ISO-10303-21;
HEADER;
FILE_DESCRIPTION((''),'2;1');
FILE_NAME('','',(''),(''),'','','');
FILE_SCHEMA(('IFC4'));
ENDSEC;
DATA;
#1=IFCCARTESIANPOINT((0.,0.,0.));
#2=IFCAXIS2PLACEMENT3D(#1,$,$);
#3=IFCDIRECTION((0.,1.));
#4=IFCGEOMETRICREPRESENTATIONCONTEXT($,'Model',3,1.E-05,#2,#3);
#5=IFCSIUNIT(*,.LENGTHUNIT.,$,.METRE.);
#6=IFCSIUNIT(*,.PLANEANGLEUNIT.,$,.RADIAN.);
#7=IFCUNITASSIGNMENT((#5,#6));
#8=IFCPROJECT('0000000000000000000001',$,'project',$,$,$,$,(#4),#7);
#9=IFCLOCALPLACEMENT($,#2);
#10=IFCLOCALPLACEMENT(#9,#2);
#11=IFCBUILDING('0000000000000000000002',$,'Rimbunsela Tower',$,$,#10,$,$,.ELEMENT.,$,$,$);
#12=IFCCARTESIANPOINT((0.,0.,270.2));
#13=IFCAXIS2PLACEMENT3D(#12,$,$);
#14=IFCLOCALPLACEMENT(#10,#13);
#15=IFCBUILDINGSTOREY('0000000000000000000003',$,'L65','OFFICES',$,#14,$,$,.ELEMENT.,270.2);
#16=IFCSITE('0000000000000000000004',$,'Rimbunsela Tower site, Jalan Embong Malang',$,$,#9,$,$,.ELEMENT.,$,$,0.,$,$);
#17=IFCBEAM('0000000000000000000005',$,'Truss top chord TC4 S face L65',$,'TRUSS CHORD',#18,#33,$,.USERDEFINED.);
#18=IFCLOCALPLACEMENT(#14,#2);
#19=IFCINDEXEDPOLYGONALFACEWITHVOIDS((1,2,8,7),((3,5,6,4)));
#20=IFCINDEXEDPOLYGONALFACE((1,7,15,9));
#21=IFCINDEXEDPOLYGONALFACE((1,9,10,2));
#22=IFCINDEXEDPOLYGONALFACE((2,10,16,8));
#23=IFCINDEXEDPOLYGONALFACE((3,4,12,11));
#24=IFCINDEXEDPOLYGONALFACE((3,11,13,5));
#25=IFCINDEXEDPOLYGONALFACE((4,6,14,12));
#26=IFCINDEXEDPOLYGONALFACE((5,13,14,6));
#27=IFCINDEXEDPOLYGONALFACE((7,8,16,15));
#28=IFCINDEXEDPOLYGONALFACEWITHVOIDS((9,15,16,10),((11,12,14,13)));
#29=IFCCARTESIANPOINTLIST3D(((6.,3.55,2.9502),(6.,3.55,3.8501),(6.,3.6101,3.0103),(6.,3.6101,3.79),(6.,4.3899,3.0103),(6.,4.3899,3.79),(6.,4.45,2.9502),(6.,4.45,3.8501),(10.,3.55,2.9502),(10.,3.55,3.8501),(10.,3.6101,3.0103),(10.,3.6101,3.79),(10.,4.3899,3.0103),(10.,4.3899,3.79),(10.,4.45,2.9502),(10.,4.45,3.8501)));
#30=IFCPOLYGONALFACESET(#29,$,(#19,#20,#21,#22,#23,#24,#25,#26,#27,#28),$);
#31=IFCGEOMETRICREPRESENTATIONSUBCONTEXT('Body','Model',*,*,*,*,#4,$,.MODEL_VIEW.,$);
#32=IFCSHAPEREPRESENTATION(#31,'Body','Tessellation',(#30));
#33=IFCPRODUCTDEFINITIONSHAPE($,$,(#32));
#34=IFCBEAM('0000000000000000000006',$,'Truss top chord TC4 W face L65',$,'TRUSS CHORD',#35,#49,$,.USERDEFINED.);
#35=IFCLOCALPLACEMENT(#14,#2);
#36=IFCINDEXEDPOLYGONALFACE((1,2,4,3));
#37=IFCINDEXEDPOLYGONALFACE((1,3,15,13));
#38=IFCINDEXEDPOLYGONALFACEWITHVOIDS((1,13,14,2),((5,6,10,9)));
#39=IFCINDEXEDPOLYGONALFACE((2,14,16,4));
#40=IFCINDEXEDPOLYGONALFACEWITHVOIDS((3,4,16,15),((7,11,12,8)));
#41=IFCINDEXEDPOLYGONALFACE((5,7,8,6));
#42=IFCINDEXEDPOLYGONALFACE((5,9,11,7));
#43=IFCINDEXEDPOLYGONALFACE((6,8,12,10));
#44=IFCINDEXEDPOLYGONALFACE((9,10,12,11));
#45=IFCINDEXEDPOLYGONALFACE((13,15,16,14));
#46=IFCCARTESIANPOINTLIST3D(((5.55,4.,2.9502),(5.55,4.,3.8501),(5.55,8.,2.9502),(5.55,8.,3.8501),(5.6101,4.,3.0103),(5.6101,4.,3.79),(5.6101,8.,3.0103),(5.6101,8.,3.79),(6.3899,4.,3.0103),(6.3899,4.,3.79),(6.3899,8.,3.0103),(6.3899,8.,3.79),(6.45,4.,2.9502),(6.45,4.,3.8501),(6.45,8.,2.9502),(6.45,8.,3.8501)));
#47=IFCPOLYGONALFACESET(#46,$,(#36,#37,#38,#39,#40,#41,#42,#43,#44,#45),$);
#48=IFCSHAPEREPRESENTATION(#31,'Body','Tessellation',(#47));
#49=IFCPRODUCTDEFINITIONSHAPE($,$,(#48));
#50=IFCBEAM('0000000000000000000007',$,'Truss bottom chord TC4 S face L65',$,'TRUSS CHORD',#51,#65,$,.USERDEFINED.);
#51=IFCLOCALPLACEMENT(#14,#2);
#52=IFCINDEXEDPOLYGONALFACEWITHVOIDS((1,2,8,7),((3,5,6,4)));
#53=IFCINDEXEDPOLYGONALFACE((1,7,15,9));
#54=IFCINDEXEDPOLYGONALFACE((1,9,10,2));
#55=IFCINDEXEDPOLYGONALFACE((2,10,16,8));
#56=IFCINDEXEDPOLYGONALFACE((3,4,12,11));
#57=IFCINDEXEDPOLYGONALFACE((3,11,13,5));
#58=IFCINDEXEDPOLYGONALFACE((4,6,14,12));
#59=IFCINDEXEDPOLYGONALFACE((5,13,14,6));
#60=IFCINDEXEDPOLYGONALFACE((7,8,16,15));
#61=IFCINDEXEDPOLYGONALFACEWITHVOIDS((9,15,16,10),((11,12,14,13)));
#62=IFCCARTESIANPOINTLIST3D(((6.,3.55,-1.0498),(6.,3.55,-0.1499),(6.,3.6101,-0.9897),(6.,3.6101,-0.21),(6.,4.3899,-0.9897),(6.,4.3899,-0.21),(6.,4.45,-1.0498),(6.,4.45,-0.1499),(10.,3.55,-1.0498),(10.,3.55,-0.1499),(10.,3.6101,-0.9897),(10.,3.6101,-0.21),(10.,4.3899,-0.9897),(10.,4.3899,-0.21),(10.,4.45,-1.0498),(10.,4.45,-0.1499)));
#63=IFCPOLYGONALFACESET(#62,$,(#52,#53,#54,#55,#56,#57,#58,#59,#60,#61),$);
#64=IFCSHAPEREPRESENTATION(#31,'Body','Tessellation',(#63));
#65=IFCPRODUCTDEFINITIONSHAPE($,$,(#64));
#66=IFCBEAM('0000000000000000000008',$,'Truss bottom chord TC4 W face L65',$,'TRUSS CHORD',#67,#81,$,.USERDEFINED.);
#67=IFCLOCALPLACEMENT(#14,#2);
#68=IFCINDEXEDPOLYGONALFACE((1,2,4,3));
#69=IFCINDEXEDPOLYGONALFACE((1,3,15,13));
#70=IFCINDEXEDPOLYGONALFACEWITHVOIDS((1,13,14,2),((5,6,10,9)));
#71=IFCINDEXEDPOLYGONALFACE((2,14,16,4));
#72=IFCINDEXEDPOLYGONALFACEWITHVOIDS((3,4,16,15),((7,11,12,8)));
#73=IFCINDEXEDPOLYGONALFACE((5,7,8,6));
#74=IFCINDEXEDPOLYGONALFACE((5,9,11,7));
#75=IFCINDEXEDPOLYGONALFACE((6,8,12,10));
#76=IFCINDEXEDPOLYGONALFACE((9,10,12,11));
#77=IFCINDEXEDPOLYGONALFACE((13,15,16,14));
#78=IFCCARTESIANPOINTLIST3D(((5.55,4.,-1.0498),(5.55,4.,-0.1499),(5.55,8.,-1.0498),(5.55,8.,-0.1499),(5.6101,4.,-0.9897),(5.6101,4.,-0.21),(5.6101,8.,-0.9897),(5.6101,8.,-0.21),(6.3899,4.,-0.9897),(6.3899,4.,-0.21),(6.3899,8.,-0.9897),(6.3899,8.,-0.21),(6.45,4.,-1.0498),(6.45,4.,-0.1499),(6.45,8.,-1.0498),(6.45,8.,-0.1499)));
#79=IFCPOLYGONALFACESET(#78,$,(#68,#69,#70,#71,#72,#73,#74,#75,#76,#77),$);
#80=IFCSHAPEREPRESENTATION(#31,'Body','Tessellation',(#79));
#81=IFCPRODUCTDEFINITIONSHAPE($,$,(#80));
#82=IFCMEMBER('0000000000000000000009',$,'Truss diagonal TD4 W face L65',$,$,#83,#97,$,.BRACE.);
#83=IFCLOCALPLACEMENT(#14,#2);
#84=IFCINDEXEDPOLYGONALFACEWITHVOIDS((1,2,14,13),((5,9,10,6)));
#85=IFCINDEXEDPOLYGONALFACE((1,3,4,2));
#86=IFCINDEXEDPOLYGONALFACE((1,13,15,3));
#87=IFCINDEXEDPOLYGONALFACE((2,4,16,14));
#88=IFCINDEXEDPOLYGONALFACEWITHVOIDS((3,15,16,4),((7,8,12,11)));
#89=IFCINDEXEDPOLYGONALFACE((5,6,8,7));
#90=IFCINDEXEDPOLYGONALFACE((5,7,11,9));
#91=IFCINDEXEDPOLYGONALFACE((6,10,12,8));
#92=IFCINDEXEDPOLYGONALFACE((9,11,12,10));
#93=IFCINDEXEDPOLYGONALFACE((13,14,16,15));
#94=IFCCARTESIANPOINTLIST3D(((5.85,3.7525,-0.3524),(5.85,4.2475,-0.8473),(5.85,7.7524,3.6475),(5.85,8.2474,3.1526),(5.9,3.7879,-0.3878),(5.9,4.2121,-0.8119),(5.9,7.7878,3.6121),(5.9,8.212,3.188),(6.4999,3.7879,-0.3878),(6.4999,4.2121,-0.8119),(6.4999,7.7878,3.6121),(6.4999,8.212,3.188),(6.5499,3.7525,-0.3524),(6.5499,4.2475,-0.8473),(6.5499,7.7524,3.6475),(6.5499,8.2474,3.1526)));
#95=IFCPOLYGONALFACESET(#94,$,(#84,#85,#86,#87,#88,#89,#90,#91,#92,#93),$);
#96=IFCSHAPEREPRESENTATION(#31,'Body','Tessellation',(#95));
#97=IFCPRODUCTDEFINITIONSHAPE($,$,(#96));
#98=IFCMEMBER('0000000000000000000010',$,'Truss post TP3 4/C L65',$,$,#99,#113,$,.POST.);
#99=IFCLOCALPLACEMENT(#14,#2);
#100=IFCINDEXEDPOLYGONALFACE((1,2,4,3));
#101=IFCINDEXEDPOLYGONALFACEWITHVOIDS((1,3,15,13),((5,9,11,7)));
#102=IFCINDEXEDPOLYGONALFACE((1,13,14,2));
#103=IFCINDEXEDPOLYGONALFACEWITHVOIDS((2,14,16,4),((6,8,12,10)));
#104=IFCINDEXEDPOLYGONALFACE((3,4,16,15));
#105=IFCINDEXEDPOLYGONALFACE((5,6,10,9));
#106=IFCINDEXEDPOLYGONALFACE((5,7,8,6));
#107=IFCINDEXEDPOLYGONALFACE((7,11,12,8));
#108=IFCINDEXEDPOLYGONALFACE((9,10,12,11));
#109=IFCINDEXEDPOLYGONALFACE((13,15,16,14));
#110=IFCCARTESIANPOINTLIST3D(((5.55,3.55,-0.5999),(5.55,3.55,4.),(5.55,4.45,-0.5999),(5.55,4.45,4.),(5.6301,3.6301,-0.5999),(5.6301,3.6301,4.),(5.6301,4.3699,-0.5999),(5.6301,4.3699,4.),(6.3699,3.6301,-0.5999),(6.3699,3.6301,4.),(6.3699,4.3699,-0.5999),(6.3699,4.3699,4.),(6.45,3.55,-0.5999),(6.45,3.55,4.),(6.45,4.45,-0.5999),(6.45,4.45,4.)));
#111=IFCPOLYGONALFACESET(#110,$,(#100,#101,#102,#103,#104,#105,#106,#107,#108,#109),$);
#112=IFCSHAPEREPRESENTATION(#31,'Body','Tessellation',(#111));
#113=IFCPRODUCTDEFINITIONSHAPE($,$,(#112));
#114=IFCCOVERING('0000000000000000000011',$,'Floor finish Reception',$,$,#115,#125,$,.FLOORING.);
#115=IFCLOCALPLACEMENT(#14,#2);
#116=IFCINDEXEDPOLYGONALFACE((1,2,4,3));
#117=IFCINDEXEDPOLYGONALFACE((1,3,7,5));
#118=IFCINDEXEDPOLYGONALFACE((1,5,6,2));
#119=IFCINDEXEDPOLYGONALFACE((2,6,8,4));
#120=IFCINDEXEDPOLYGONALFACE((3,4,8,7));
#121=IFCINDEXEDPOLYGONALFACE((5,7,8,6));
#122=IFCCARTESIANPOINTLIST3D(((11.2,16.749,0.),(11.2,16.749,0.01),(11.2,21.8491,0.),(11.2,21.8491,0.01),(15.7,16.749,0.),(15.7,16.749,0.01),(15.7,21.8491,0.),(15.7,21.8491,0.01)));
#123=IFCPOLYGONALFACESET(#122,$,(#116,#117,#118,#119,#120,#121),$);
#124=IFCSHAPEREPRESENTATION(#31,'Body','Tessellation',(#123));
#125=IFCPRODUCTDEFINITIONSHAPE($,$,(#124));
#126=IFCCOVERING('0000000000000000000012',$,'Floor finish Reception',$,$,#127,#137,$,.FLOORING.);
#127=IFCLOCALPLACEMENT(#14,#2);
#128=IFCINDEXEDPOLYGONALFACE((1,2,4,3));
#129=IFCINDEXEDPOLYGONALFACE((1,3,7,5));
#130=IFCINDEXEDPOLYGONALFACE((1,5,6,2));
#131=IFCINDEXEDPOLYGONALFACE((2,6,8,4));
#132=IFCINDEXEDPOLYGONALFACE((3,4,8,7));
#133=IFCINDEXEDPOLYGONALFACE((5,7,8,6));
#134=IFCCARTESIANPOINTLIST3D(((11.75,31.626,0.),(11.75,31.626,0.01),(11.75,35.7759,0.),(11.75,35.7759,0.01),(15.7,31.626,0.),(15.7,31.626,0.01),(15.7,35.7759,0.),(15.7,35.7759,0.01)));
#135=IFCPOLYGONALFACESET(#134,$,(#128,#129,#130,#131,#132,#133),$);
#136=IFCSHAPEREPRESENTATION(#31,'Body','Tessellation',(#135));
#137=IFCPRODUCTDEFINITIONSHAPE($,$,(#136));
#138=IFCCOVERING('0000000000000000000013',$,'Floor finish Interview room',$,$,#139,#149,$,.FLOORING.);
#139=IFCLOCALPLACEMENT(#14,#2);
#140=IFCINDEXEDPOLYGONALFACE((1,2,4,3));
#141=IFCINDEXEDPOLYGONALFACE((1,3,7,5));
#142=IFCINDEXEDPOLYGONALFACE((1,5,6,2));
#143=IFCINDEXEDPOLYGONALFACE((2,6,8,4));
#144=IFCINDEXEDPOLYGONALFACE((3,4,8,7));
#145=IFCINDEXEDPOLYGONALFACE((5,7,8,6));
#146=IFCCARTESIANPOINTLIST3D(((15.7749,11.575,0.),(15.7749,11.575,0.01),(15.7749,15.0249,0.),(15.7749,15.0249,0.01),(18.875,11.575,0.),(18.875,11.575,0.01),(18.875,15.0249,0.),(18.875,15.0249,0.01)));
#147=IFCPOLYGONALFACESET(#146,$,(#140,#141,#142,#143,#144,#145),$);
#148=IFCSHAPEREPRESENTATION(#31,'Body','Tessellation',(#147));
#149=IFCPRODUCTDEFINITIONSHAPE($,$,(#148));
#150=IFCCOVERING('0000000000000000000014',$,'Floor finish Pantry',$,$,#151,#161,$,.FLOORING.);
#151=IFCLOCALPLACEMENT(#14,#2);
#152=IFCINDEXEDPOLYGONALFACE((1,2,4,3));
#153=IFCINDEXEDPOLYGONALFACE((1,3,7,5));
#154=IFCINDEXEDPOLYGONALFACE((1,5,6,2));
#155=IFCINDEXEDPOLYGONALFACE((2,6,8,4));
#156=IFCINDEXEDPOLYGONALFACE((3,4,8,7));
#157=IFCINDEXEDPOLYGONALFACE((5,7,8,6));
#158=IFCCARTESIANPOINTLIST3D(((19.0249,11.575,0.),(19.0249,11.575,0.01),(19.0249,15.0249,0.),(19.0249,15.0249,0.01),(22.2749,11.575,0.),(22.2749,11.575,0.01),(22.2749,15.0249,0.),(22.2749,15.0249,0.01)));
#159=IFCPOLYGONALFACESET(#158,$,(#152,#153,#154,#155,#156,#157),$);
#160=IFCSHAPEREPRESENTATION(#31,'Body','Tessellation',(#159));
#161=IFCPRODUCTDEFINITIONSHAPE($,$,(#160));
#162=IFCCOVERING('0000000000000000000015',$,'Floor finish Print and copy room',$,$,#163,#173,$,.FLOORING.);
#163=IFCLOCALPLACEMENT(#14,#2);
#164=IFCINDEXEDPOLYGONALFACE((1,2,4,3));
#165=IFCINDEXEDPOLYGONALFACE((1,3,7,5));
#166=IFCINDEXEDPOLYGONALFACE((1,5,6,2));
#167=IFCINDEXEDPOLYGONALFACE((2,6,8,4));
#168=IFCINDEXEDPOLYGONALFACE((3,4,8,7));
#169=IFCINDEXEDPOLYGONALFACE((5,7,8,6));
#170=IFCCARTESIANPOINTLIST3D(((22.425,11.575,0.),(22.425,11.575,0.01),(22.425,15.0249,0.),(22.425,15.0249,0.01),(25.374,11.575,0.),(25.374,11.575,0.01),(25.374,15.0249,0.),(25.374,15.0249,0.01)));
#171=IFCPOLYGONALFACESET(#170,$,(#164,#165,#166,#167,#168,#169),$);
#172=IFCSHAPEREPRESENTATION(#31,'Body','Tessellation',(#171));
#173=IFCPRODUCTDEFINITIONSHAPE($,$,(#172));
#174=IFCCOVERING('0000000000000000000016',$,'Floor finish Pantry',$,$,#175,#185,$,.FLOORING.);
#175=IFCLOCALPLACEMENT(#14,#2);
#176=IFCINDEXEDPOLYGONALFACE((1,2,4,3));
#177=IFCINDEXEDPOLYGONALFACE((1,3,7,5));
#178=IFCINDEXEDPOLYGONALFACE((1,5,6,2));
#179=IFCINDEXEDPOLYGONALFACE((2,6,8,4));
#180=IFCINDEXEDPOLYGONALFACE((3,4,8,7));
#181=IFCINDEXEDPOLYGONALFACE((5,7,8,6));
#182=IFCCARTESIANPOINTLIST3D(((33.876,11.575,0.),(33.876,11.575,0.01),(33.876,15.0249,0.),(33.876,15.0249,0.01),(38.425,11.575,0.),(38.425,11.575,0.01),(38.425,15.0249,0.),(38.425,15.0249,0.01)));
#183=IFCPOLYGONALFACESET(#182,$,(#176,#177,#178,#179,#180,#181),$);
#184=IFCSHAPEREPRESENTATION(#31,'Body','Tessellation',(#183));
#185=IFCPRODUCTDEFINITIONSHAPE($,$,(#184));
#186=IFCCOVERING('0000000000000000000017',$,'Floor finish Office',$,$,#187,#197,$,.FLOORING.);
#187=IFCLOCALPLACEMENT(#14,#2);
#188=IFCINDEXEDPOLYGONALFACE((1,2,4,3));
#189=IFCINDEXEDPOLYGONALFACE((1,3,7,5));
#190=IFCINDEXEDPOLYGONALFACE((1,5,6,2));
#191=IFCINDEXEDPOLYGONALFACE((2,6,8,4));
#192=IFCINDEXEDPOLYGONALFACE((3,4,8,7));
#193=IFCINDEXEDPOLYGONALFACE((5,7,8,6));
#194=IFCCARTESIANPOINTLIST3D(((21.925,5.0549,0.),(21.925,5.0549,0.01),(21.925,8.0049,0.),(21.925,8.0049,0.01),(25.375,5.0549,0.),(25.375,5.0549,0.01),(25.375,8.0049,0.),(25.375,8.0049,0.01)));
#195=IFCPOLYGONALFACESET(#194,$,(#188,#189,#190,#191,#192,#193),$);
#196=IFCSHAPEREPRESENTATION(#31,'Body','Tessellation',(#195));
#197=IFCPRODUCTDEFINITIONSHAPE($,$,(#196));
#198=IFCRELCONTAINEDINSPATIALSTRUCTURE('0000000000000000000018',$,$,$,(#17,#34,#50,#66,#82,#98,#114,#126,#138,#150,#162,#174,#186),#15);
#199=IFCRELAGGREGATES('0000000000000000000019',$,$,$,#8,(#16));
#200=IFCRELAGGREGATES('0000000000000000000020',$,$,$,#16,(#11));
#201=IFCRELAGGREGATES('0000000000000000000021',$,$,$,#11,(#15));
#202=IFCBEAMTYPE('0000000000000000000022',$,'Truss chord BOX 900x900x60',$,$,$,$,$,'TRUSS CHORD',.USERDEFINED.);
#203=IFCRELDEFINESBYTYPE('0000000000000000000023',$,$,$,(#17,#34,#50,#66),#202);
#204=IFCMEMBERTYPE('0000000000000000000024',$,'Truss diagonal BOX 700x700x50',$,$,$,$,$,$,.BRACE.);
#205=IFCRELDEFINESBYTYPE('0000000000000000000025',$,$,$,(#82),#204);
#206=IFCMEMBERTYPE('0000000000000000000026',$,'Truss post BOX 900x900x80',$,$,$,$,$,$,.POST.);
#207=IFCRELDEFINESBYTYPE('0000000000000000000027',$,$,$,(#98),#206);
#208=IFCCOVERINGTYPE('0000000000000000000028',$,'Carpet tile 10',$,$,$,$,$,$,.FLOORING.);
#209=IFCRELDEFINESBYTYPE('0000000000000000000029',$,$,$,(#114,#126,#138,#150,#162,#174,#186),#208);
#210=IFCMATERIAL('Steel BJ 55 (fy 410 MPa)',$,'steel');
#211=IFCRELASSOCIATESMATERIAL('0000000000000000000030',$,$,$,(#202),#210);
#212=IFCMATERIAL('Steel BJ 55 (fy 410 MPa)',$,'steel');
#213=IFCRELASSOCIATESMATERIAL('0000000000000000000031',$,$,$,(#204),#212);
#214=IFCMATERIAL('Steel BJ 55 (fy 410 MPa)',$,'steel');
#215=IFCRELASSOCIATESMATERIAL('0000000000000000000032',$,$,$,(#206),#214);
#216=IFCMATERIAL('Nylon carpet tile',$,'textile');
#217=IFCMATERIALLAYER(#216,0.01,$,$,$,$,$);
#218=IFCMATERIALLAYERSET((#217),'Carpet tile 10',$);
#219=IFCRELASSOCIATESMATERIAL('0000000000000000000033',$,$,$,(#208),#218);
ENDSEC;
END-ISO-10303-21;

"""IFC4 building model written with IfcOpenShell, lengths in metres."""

from ifc_helpers import new_model, si_unit, direction, frame, origin, origin_2d, place, context, subcontext, project, spatial, polyline, hollow_rectangle, outline, extrude, material, layer, layer_set, material_profile, profile_set, type_object, element, save


model = new_model("IFC4")

# Units and contexts
model_context = context("Model", 3, precision=1e-05, world=origin(), true_north=direction((0.0, 1.0)))
body_context = subcontext(model_context, "Body", "Model", "MODEL_VIEW")
ifc_project = project(units=[si_unit("LENGTHUNIT", "METRE"), si_unit("PLANEANGLEUNIT", "RADIAN")], contexts=[model_context])

# Site, building, storey
site_placement = place(None, origin())
site = spatial("IfcSite", under=ifc_project, at=site_placement, Name="Rimbunsela Tower site, Jalan Embong Malang", CompositionType="ELEMENT", RefElevation=0.0)
building_placement = place(site_placement, origin())
building = spatial("IfcBuilding", under=site, at=building_placement, Name="Rimbunsela Tower", CompositionType="ELEMENT")
storey_placement = place(building_placement, frame((0.0, 0.0, 270.2)))
storey = spatial("IfcBuildingStorey", under=building, at=storey_placement, Name="L65", Description="OFFICES", CompositionType="ELEMENT", Elevation=270.2)

# Beams
ifc_material_1 = material(Name="Steel BJ 55 (fy 410 MPa)", Category="steel")
ifc_material_profile_1 = material_profile(ifc_material_1, hollow_rectangle(XDim=0.8999, YDim=0.8999, WallThickness=0.0601, at=origin_2d()), Name="BOX 900x900x60")
ifc_profile_set_1 = profile_set([ifc_material_profile_1], Name="Steel BJ 55 (fy 410 MPa)")
beam_type = type_object("IfcBeamType", Name="Truss chord BOX 900x900x60", ElementType="TRUSS CHORD", PredefinedType="USERDEFINED", material=ifc_profile_set_1)
for number, where, z_axis, x_axis, name in (
    (1, (6.0, 4.0, 3.4001), (1.0, 0.0, 0.0), (0.0, 1.0, 0.0), "Truss top chord TC4 S face L65"),
    (2, (6.0, 4.0, 3.4001), (0.0, 1.0, 0.0), (-1.0, 0.0, 0.0), "Truss top chord TC4 W face L65"),
    (3, (6.0, 4.0, -0.5999), (1.0, 0.0, 0.0), (0.0, 1.0, 0.0), "Truss bottom chord TC4 S face L65"),
    (4, (6.0, 4.0, -0.5999), (0.0, 1.0, 0.0), (-1.0, 0.0, 0.0), "Truss bottom chord TC4 W face L65"),
):
    element("IfcBeam", number, at=place(storey_placement, frame(where, z_axis=z_axis, x_axis=x_axis)), inside=storey, type_object=beam_type, Name=name, ObjectType="TRUSS CHORD", PredefinedType="USERDEFINED", context=body_context, shape_type="SweptSolid", body=[
        extrude(hollow_rectangle(XDim=0.8999, YDim=0.8999, WallThickness=0.0601, at=origin_2d()), origin(), (0.0, 0.0, 1.0), 4.0),
    ])

# Members
ifc_material_2 = material(Name="Steel BJ 55 (fy 410 MPa)", Category="steel")
ifc_material_profile_2 = material_profile(ifc_material_2, hollow_rectangle(XDim=0.7, YDim=0.7, WallThickness=0.05, at=origin_2d()), Name="BOX 700x700x50")
ifc_profile_set_2 = profile_set([ifc_material_profile_2], Name="Steel BJ 55 (fy 410 MPa)")
member_type_1 = type_object("IfcMemberType", Name="Truss diagonal BOX 700x700x50", PredefinedType="BRACE", material=ifc_profile_set_2)
member_1_placement = place(storey_placement, frame((6.2, 4.0, -0.5999), z_axis=(0.0, 0.707107, 0.707107), x_axis=(-1.0, 0.0, 0.0)))
element("IfcMember", 5, at=member_1_placement, inside=storey, type_object=member_type_1, Name="Truss diagonal TD4 W face L65", PredefinedType="BRACE", context=body_context, shape_type="SweptSolid", body=[
    extrude(hollow_rectangle(XDim=0.7, YDim=0.7, WallThickness=0.05, at=origin_2d()), origin(), (0.0, 0.0, 1.0), 5.6567),
])
ifc_material_3 = material(Name="Steel BJ 55 (fy 410 MPa)", Category="steel")
ifc_material_profile_3 = material_profile(ifc_material_3, hollow_rectangle(XDim=0.8999, YDim=0.8999, WallThickness=0.0801, at=origin_2d()), Name="BOX 900x900x80")
ifc_profile_set_3 = profile_set([ifc_material_profile_3], Name="Steel BJ 55 (fy 410 MPa)")
member_type_2 = type_object("IfcMemberType", Name="Truss post BOX 900x900x80", PredefinedType="POST", material=ifc_profile_set_3)
member_2_placement = place(storey_placement, frame((6.0, 4.0, -0.5999), z_axis=(0.0, 0.0, 1.0), x_axis=(1.0, 0.0, 0.0)))
element("IfcMember", 6, at=member_2_placement, inside=storey, type_object=member_type_2, Name="Truss post TP3 4/C L65", PredefinedType="POST", context=body_context, shape_type="SweptSolid", body=[
    extrude(hollow_rectangle(XDim=0.8999, YDim=0.8999, WallThickness=0.0801, at=origin_2d()), origin(), (0.0, 0.0, 1.0), 4.5999),
])

# Coverings
ifc_material_4 = material(Name="Nylon carpet tile", Category="textile")
ifc_layer_1 = layer(ifc_material_4, 0.01)
ifc_layer_set_1 = layer_set([ifc_layer_1], Name="Carpet tile 10")
covering_type_1 = type_object("IfcCoveringType", Name="Carpet tile 10", PredefinedType="FLOORING", material=ifc_layer_set_1)
covering_1_placement = place(storey_placement, origin())
element("IfcCovering", 7, at=covering_1_placement, inside=storey, type_object=covering_type_1, Name="Floor finish Reception", PredefinedType="FLOORING", context=body_context, shape_type="SweptSolid", body=[
    extrude(outline(polyline([(15.7, 16.749), (15.7, 21.8491), (11.2, 21.8491), (11.2, 16.749), (15.7, 16.749)])), origin(), (0.0, 0.0, 1.0), 0.01),
])
covering_2_placement = place(storey_placement, origin())
element("IfcCovering", 8, at=covering_2_placement, inside=storey, type_object=covering_type_1, Name="Floor finish Reception", PredefinedType="FLOORING", context=body_context, shape_type="SweptSolid", body=[
    extrude(outline(polyline([(15.7, 31.626), (15.7, 35.7759), (11.75, 35.7759), (11.75, 31.626), (15.7, 31.626)])), origin(), (0.0, 0.0, 1.0), 0.01),
])
covering_3_placement = place(storey_placement, origin())
element("IfcCovering", 9, at=covering_3_placement, inside=storey, type_object=covering_type_1, Name="Floor finish Interview room", PredefinedType="FLOORING", context=body_context, shape_type="SweptSolid", body=[
    extrude(outline(polyline([(18.875, 11.575), (18.875, 15.0249), (15.7749, 15.0249), (15.7749, 11.575), (18.875, 11.575)])), origin(), (0.0, 0.0, 1.0), 0.01),
])
covering_4_placement = place(storey_placement, origin())
element("IfcCovering", 10, at=covering_4_placement, inside=storey, type_object=covering_type_1, Name="Floor finish Pantry", PredefinedType="FLOORING", context=body_context, shape_type="SweptSolid", body=[
    extrude(outline(polyline([(22.2749, 11.575), (22.2749, 15.0249), (19.0249, 15.0249), (19.0249, 11.575), (22.2749, 11.575)])), origin(), (0.0, 0.0, 1.0), 0.01),
])
covering_5_placement = place(storey_placement, origin())
element("IfcCovering", 11, at=covering_5_placement, inside=storey, type_object=covering_type_1, Name="Floor finish Print and copy room", PredefinedType="FLOORING", context=body_context, shape_type="SweptSolid", body=[
    extrude(outline(polyline([(25.374, 11.575), (25.374, 15.0249), (22.425, 15.0249), (22.425, 11.575), (25.374, 11.575)])), origin(), (0.0, 0.0, 1.0), 0.01),
])
covering_6_placement = place(storey_placement, origin())
element("IfcCovering", 12, at=covering_6_placement, inside=storey, type_object=covering_type_1, Name="Floor finish Pantry", PredefinedType="FLOORING", context=body_context, shape_type="SweptSolid", body=[
    extrude(outline(polyline([(38.425, 11.575), (38.425, 15.0249), (33.876, 15.0249), (33.876, 11.575), (38.425, 11.575)])), origin(), (0.0, 0.0, 1.0), 0.01),
])
covering_7_placement = place(storey_placement, origin())
element("IfcCovering", 13, at=covering_7_placement, inside=storey, type_object=covering_type_1, Name="Floor finish Office", PredefinedType="FLOORING", context=body_context, shape_type="SweptSolid", body=[
    extrude(outline(polyline([(25.375, 5.0549), (25.375, 8.0049), (21.925, 8.0049), (21.925, 5.0549), (25.375, 5.0549)])), origin(), (0.0, 0.0, 1.0), 0.01),
])

save(model, "model.ifc")
